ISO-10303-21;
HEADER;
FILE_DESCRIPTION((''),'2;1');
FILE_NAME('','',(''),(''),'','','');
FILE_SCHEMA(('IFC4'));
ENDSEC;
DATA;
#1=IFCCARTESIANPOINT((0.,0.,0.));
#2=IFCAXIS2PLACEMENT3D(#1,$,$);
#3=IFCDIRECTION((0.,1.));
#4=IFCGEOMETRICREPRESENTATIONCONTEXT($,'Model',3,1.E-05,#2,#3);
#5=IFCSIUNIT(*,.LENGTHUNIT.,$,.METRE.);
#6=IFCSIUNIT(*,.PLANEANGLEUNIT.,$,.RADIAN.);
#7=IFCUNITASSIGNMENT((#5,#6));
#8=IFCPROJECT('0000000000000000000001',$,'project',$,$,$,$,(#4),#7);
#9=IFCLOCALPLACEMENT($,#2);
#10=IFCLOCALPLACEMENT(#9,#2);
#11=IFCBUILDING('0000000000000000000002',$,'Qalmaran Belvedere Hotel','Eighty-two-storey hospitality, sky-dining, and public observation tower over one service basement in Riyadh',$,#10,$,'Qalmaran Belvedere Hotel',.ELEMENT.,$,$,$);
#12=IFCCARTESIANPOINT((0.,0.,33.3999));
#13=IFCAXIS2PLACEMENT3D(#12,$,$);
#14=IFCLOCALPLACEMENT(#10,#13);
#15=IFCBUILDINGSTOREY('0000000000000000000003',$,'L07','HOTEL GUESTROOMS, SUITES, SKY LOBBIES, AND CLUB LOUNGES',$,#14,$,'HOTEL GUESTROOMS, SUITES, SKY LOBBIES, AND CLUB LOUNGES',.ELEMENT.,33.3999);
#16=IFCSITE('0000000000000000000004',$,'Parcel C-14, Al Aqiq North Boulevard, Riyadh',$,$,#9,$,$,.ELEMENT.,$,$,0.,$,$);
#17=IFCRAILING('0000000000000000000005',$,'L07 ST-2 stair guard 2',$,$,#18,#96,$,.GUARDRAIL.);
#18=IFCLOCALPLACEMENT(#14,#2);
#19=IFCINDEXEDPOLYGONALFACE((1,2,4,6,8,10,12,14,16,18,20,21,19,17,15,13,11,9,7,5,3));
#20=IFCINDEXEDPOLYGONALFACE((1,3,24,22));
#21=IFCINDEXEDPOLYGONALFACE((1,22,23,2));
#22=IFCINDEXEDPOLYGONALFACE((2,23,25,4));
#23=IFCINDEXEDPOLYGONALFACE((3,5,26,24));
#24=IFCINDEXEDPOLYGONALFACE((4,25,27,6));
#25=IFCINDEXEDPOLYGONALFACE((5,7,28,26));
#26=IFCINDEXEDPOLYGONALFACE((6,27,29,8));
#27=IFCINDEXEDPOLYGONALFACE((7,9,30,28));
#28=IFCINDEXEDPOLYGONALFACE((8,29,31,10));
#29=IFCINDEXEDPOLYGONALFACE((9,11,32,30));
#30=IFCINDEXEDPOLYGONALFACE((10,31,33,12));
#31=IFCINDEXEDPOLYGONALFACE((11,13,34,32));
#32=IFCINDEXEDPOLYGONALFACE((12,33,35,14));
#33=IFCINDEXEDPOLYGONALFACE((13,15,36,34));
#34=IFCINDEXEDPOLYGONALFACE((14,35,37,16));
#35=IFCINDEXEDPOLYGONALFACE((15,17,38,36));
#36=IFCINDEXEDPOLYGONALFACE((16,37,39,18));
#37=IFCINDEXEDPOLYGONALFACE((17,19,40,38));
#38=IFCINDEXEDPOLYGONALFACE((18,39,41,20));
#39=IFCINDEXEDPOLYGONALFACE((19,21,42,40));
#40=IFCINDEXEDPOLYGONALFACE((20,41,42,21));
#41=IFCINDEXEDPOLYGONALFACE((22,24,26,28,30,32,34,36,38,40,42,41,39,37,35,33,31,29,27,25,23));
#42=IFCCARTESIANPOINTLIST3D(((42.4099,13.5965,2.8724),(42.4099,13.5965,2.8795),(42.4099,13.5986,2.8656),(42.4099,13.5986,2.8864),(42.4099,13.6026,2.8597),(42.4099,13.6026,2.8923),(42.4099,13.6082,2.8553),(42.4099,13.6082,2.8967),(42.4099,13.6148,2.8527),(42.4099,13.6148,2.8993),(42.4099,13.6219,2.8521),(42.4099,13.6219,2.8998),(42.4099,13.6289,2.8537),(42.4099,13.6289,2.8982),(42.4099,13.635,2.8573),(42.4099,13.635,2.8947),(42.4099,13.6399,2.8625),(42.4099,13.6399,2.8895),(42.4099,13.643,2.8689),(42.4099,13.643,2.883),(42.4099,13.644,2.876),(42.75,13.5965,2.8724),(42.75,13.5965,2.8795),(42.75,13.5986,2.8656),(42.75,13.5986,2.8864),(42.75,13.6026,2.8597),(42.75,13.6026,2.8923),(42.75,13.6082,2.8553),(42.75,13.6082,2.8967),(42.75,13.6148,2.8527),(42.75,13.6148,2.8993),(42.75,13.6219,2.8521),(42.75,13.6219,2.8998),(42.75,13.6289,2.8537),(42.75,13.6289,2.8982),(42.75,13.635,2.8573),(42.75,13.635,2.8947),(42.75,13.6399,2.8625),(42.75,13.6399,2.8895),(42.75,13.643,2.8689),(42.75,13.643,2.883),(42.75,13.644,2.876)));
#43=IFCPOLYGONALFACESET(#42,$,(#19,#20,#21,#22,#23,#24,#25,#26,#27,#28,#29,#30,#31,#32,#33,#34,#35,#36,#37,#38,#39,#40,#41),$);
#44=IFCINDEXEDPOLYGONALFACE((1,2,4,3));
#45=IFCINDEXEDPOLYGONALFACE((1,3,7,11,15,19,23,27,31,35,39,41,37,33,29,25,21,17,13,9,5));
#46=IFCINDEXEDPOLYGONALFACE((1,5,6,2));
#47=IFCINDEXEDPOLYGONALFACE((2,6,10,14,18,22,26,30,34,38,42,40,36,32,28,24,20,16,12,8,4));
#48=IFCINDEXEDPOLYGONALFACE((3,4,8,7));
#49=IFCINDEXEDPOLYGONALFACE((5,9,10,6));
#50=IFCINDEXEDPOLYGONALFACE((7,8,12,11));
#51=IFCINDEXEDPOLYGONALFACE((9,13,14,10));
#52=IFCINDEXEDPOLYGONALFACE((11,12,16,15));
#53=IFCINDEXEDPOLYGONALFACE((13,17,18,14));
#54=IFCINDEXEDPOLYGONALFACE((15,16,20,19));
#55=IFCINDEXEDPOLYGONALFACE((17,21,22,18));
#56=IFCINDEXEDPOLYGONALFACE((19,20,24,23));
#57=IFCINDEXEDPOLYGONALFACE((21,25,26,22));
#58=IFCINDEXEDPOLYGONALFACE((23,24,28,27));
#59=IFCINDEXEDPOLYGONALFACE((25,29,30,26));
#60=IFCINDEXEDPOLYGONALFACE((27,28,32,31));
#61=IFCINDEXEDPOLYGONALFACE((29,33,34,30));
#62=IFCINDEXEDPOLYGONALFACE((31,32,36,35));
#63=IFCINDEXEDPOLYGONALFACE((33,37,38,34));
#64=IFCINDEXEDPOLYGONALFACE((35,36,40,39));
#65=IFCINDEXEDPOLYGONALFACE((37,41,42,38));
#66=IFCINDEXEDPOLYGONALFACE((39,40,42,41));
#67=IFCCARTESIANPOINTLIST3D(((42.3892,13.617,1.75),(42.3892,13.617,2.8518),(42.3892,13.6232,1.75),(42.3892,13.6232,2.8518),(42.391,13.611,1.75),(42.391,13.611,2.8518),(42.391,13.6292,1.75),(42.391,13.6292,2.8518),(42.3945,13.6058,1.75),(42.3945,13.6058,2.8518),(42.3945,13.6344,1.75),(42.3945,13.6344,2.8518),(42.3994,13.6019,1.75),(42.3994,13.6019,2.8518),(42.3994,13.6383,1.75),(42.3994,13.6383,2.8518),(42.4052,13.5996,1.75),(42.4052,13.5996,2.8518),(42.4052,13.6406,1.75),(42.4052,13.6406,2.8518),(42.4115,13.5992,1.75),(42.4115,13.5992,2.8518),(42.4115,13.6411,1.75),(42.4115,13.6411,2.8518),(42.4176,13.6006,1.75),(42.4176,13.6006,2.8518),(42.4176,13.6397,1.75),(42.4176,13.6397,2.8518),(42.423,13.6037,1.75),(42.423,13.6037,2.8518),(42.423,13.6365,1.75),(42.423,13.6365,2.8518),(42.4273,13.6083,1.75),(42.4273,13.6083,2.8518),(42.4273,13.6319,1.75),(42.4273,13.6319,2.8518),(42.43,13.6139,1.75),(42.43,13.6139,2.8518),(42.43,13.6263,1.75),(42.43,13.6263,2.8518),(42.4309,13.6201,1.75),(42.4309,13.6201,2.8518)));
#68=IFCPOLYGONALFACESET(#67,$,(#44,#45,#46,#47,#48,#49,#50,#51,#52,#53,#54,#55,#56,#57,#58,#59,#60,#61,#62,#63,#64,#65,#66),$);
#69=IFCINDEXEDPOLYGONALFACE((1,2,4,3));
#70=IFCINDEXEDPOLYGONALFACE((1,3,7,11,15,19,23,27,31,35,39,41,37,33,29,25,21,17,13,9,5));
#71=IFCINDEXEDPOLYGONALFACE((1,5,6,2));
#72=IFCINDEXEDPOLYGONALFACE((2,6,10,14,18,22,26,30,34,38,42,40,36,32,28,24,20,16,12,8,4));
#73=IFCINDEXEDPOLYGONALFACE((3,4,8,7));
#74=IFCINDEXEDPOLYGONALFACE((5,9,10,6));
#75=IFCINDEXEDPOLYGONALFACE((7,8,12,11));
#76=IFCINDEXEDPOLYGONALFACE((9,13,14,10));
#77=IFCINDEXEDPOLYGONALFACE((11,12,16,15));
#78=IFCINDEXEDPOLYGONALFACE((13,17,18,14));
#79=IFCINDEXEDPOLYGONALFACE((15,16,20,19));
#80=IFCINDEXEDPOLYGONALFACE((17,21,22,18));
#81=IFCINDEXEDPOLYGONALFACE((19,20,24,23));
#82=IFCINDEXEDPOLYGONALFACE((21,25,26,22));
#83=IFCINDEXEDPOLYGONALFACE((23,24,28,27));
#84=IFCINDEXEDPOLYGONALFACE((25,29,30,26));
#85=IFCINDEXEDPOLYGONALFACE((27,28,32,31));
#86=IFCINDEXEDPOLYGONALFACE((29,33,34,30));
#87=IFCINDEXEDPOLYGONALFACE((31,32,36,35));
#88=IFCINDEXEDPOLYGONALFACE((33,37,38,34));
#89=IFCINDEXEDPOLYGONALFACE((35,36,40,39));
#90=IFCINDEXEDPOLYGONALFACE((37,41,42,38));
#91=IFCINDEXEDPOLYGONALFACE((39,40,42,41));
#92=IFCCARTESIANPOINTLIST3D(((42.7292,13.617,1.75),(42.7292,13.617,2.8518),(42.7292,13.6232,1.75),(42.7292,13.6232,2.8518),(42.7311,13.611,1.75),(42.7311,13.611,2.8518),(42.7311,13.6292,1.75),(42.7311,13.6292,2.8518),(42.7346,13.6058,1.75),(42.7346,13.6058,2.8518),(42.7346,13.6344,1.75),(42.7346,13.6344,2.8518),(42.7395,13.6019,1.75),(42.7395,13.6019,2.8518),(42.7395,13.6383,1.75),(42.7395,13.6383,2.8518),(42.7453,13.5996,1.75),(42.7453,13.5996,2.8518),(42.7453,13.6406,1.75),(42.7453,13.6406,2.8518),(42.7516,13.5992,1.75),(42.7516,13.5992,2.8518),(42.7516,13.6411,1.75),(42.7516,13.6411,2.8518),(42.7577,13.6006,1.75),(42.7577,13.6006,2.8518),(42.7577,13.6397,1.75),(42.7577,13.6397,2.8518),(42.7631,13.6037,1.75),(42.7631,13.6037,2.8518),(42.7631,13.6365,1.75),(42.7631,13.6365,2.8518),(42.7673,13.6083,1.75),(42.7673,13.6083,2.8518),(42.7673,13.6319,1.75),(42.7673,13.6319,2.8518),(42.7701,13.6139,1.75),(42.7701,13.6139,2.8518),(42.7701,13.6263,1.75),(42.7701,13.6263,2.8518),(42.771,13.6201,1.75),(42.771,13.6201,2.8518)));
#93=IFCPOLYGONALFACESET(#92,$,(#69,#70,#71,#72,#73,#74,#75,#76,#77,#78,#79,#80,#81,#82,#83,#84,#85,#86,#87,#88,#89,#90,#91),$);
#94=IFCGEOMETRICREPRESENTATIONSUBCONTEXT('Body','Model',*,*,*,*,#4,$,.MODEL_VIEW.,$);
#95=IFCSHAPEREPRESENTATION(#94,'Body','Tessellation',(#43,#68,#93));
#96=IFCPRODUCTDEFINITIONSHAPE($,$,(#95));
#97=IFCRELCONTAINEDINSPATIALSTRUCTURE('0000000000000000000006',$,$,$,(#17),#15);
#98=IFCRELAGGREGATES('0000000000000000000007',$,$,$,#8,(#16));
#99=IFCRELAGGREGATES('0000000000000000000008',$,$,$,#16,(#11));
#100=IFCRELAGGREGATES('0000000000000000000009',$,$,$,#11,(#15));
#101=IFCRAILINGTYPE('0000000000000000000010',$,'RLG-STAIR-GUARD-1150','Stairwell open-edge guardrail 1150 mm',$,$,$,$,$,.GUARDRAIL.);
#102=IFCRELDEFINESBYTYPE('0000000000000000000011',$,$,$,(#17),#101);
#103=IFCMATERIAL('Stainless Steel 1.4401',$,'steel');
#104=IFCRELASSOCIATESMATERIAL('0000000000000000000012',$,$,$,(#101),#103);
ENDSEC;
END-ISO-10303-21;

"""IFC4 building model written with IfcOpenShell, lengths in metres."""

from ifc_helpers import new_model, si_unit, direction, frame, origin, origin_2d, place, context, subcontext, project, spatial, circle, extrude, material, type_object, element, save


model = new_model("IFC4")

# Units and contexts
model_context = context("Model", 3, precision=1e-05, world=origin(), true_north=direction((0.0, 1.0)))
body_context = subcontext(model_context, "Body", "Model", "MODEL_VIEW")
ifc_project = project(units=[si_unit("LENGTHUNIT", "METRE"), si_unit("PLANEANGLEUNIT", "RADIAN")], contexts=[model_context])

# Site, building, storey
site_placement = place(None, origin())
site = spatial("IfcSite", under=ifc_project, at=site_placement, Name="Parcel C-14, Al Aqiq North Boulevard, Riyadh", CompositionType="ELEMENT", RefElevation=0.0)
building_placement = place(site_placement, origin())
building = spatial("IfcBuilding", under=site, at=building_placement, Name="Qalmaran Belvedere Hotel", Description="Eighty-two-storey hospitality, sky-dining, and public observation tower over one service basement in Riyadh", LongName="Qalmaran Belvedere Hotel", CompositionType="ELEMENT")
storey_placement = place(building_placement, frame((0.0, 0.0, 33.3999)))
storey = spatial("IfcBuildingStorey", under=building, at=storey_placement, Name="L07", Description="HOTEL GUESTROOMS, SUITES, SKY LOBBIES, AND CLUB LOUNGES", LongName="HOTEL GUESTROOMS, SUITES, SKY LOBBIES, AND CLUB LOUNGES", CompositionType="ELEMENT", Elevation=33.3999)

# Shared definitions
ifc_material_1 = material(Name="Stainless Steel 1.4401", Category="steel")

# Railing
railing_type_1 = type_object("IfcRailingType", Name="RLG-STAIR-GUARD-1150", Description="Stairwell open-edge guardrail 1150 mm", PredefinedType="GUARDRAIL", material=ifc_material_1)
railing_1_placement = place(storey_placement, frame((42.4099, 13.6201, 1.75)))
element("IfcRailing", 1, at=railing_1_placement, inside=storey, type_object=railing_type_1, Name="L07 ST-2 stair guard 2", PredefinedType="GUARDRAIL", context=body_context, shape_type="SweptSolid", body=[
    extrude(circle(Radius=0.0239, at=origin_2d()), frame((0.0, 0.0, 1.126), z_axis=(1.0, 0.0, 0.0), x_axis=(0.0, 1.0, 0.0)), (0.0, 0.0, 1.0), 0.3401),
    extrude(circle(Radius=0.021, at=origin_2d()), origin(), (0.0, 0.0, 1.0), 1.1018),
    extrude(circle(Radius=0.021, at=origin_2d()), frame((0.3401, 0.0, 0.0)), (0.0, 0.0, 1.0), 1.1018),
])

save(model, "model.ifc")
